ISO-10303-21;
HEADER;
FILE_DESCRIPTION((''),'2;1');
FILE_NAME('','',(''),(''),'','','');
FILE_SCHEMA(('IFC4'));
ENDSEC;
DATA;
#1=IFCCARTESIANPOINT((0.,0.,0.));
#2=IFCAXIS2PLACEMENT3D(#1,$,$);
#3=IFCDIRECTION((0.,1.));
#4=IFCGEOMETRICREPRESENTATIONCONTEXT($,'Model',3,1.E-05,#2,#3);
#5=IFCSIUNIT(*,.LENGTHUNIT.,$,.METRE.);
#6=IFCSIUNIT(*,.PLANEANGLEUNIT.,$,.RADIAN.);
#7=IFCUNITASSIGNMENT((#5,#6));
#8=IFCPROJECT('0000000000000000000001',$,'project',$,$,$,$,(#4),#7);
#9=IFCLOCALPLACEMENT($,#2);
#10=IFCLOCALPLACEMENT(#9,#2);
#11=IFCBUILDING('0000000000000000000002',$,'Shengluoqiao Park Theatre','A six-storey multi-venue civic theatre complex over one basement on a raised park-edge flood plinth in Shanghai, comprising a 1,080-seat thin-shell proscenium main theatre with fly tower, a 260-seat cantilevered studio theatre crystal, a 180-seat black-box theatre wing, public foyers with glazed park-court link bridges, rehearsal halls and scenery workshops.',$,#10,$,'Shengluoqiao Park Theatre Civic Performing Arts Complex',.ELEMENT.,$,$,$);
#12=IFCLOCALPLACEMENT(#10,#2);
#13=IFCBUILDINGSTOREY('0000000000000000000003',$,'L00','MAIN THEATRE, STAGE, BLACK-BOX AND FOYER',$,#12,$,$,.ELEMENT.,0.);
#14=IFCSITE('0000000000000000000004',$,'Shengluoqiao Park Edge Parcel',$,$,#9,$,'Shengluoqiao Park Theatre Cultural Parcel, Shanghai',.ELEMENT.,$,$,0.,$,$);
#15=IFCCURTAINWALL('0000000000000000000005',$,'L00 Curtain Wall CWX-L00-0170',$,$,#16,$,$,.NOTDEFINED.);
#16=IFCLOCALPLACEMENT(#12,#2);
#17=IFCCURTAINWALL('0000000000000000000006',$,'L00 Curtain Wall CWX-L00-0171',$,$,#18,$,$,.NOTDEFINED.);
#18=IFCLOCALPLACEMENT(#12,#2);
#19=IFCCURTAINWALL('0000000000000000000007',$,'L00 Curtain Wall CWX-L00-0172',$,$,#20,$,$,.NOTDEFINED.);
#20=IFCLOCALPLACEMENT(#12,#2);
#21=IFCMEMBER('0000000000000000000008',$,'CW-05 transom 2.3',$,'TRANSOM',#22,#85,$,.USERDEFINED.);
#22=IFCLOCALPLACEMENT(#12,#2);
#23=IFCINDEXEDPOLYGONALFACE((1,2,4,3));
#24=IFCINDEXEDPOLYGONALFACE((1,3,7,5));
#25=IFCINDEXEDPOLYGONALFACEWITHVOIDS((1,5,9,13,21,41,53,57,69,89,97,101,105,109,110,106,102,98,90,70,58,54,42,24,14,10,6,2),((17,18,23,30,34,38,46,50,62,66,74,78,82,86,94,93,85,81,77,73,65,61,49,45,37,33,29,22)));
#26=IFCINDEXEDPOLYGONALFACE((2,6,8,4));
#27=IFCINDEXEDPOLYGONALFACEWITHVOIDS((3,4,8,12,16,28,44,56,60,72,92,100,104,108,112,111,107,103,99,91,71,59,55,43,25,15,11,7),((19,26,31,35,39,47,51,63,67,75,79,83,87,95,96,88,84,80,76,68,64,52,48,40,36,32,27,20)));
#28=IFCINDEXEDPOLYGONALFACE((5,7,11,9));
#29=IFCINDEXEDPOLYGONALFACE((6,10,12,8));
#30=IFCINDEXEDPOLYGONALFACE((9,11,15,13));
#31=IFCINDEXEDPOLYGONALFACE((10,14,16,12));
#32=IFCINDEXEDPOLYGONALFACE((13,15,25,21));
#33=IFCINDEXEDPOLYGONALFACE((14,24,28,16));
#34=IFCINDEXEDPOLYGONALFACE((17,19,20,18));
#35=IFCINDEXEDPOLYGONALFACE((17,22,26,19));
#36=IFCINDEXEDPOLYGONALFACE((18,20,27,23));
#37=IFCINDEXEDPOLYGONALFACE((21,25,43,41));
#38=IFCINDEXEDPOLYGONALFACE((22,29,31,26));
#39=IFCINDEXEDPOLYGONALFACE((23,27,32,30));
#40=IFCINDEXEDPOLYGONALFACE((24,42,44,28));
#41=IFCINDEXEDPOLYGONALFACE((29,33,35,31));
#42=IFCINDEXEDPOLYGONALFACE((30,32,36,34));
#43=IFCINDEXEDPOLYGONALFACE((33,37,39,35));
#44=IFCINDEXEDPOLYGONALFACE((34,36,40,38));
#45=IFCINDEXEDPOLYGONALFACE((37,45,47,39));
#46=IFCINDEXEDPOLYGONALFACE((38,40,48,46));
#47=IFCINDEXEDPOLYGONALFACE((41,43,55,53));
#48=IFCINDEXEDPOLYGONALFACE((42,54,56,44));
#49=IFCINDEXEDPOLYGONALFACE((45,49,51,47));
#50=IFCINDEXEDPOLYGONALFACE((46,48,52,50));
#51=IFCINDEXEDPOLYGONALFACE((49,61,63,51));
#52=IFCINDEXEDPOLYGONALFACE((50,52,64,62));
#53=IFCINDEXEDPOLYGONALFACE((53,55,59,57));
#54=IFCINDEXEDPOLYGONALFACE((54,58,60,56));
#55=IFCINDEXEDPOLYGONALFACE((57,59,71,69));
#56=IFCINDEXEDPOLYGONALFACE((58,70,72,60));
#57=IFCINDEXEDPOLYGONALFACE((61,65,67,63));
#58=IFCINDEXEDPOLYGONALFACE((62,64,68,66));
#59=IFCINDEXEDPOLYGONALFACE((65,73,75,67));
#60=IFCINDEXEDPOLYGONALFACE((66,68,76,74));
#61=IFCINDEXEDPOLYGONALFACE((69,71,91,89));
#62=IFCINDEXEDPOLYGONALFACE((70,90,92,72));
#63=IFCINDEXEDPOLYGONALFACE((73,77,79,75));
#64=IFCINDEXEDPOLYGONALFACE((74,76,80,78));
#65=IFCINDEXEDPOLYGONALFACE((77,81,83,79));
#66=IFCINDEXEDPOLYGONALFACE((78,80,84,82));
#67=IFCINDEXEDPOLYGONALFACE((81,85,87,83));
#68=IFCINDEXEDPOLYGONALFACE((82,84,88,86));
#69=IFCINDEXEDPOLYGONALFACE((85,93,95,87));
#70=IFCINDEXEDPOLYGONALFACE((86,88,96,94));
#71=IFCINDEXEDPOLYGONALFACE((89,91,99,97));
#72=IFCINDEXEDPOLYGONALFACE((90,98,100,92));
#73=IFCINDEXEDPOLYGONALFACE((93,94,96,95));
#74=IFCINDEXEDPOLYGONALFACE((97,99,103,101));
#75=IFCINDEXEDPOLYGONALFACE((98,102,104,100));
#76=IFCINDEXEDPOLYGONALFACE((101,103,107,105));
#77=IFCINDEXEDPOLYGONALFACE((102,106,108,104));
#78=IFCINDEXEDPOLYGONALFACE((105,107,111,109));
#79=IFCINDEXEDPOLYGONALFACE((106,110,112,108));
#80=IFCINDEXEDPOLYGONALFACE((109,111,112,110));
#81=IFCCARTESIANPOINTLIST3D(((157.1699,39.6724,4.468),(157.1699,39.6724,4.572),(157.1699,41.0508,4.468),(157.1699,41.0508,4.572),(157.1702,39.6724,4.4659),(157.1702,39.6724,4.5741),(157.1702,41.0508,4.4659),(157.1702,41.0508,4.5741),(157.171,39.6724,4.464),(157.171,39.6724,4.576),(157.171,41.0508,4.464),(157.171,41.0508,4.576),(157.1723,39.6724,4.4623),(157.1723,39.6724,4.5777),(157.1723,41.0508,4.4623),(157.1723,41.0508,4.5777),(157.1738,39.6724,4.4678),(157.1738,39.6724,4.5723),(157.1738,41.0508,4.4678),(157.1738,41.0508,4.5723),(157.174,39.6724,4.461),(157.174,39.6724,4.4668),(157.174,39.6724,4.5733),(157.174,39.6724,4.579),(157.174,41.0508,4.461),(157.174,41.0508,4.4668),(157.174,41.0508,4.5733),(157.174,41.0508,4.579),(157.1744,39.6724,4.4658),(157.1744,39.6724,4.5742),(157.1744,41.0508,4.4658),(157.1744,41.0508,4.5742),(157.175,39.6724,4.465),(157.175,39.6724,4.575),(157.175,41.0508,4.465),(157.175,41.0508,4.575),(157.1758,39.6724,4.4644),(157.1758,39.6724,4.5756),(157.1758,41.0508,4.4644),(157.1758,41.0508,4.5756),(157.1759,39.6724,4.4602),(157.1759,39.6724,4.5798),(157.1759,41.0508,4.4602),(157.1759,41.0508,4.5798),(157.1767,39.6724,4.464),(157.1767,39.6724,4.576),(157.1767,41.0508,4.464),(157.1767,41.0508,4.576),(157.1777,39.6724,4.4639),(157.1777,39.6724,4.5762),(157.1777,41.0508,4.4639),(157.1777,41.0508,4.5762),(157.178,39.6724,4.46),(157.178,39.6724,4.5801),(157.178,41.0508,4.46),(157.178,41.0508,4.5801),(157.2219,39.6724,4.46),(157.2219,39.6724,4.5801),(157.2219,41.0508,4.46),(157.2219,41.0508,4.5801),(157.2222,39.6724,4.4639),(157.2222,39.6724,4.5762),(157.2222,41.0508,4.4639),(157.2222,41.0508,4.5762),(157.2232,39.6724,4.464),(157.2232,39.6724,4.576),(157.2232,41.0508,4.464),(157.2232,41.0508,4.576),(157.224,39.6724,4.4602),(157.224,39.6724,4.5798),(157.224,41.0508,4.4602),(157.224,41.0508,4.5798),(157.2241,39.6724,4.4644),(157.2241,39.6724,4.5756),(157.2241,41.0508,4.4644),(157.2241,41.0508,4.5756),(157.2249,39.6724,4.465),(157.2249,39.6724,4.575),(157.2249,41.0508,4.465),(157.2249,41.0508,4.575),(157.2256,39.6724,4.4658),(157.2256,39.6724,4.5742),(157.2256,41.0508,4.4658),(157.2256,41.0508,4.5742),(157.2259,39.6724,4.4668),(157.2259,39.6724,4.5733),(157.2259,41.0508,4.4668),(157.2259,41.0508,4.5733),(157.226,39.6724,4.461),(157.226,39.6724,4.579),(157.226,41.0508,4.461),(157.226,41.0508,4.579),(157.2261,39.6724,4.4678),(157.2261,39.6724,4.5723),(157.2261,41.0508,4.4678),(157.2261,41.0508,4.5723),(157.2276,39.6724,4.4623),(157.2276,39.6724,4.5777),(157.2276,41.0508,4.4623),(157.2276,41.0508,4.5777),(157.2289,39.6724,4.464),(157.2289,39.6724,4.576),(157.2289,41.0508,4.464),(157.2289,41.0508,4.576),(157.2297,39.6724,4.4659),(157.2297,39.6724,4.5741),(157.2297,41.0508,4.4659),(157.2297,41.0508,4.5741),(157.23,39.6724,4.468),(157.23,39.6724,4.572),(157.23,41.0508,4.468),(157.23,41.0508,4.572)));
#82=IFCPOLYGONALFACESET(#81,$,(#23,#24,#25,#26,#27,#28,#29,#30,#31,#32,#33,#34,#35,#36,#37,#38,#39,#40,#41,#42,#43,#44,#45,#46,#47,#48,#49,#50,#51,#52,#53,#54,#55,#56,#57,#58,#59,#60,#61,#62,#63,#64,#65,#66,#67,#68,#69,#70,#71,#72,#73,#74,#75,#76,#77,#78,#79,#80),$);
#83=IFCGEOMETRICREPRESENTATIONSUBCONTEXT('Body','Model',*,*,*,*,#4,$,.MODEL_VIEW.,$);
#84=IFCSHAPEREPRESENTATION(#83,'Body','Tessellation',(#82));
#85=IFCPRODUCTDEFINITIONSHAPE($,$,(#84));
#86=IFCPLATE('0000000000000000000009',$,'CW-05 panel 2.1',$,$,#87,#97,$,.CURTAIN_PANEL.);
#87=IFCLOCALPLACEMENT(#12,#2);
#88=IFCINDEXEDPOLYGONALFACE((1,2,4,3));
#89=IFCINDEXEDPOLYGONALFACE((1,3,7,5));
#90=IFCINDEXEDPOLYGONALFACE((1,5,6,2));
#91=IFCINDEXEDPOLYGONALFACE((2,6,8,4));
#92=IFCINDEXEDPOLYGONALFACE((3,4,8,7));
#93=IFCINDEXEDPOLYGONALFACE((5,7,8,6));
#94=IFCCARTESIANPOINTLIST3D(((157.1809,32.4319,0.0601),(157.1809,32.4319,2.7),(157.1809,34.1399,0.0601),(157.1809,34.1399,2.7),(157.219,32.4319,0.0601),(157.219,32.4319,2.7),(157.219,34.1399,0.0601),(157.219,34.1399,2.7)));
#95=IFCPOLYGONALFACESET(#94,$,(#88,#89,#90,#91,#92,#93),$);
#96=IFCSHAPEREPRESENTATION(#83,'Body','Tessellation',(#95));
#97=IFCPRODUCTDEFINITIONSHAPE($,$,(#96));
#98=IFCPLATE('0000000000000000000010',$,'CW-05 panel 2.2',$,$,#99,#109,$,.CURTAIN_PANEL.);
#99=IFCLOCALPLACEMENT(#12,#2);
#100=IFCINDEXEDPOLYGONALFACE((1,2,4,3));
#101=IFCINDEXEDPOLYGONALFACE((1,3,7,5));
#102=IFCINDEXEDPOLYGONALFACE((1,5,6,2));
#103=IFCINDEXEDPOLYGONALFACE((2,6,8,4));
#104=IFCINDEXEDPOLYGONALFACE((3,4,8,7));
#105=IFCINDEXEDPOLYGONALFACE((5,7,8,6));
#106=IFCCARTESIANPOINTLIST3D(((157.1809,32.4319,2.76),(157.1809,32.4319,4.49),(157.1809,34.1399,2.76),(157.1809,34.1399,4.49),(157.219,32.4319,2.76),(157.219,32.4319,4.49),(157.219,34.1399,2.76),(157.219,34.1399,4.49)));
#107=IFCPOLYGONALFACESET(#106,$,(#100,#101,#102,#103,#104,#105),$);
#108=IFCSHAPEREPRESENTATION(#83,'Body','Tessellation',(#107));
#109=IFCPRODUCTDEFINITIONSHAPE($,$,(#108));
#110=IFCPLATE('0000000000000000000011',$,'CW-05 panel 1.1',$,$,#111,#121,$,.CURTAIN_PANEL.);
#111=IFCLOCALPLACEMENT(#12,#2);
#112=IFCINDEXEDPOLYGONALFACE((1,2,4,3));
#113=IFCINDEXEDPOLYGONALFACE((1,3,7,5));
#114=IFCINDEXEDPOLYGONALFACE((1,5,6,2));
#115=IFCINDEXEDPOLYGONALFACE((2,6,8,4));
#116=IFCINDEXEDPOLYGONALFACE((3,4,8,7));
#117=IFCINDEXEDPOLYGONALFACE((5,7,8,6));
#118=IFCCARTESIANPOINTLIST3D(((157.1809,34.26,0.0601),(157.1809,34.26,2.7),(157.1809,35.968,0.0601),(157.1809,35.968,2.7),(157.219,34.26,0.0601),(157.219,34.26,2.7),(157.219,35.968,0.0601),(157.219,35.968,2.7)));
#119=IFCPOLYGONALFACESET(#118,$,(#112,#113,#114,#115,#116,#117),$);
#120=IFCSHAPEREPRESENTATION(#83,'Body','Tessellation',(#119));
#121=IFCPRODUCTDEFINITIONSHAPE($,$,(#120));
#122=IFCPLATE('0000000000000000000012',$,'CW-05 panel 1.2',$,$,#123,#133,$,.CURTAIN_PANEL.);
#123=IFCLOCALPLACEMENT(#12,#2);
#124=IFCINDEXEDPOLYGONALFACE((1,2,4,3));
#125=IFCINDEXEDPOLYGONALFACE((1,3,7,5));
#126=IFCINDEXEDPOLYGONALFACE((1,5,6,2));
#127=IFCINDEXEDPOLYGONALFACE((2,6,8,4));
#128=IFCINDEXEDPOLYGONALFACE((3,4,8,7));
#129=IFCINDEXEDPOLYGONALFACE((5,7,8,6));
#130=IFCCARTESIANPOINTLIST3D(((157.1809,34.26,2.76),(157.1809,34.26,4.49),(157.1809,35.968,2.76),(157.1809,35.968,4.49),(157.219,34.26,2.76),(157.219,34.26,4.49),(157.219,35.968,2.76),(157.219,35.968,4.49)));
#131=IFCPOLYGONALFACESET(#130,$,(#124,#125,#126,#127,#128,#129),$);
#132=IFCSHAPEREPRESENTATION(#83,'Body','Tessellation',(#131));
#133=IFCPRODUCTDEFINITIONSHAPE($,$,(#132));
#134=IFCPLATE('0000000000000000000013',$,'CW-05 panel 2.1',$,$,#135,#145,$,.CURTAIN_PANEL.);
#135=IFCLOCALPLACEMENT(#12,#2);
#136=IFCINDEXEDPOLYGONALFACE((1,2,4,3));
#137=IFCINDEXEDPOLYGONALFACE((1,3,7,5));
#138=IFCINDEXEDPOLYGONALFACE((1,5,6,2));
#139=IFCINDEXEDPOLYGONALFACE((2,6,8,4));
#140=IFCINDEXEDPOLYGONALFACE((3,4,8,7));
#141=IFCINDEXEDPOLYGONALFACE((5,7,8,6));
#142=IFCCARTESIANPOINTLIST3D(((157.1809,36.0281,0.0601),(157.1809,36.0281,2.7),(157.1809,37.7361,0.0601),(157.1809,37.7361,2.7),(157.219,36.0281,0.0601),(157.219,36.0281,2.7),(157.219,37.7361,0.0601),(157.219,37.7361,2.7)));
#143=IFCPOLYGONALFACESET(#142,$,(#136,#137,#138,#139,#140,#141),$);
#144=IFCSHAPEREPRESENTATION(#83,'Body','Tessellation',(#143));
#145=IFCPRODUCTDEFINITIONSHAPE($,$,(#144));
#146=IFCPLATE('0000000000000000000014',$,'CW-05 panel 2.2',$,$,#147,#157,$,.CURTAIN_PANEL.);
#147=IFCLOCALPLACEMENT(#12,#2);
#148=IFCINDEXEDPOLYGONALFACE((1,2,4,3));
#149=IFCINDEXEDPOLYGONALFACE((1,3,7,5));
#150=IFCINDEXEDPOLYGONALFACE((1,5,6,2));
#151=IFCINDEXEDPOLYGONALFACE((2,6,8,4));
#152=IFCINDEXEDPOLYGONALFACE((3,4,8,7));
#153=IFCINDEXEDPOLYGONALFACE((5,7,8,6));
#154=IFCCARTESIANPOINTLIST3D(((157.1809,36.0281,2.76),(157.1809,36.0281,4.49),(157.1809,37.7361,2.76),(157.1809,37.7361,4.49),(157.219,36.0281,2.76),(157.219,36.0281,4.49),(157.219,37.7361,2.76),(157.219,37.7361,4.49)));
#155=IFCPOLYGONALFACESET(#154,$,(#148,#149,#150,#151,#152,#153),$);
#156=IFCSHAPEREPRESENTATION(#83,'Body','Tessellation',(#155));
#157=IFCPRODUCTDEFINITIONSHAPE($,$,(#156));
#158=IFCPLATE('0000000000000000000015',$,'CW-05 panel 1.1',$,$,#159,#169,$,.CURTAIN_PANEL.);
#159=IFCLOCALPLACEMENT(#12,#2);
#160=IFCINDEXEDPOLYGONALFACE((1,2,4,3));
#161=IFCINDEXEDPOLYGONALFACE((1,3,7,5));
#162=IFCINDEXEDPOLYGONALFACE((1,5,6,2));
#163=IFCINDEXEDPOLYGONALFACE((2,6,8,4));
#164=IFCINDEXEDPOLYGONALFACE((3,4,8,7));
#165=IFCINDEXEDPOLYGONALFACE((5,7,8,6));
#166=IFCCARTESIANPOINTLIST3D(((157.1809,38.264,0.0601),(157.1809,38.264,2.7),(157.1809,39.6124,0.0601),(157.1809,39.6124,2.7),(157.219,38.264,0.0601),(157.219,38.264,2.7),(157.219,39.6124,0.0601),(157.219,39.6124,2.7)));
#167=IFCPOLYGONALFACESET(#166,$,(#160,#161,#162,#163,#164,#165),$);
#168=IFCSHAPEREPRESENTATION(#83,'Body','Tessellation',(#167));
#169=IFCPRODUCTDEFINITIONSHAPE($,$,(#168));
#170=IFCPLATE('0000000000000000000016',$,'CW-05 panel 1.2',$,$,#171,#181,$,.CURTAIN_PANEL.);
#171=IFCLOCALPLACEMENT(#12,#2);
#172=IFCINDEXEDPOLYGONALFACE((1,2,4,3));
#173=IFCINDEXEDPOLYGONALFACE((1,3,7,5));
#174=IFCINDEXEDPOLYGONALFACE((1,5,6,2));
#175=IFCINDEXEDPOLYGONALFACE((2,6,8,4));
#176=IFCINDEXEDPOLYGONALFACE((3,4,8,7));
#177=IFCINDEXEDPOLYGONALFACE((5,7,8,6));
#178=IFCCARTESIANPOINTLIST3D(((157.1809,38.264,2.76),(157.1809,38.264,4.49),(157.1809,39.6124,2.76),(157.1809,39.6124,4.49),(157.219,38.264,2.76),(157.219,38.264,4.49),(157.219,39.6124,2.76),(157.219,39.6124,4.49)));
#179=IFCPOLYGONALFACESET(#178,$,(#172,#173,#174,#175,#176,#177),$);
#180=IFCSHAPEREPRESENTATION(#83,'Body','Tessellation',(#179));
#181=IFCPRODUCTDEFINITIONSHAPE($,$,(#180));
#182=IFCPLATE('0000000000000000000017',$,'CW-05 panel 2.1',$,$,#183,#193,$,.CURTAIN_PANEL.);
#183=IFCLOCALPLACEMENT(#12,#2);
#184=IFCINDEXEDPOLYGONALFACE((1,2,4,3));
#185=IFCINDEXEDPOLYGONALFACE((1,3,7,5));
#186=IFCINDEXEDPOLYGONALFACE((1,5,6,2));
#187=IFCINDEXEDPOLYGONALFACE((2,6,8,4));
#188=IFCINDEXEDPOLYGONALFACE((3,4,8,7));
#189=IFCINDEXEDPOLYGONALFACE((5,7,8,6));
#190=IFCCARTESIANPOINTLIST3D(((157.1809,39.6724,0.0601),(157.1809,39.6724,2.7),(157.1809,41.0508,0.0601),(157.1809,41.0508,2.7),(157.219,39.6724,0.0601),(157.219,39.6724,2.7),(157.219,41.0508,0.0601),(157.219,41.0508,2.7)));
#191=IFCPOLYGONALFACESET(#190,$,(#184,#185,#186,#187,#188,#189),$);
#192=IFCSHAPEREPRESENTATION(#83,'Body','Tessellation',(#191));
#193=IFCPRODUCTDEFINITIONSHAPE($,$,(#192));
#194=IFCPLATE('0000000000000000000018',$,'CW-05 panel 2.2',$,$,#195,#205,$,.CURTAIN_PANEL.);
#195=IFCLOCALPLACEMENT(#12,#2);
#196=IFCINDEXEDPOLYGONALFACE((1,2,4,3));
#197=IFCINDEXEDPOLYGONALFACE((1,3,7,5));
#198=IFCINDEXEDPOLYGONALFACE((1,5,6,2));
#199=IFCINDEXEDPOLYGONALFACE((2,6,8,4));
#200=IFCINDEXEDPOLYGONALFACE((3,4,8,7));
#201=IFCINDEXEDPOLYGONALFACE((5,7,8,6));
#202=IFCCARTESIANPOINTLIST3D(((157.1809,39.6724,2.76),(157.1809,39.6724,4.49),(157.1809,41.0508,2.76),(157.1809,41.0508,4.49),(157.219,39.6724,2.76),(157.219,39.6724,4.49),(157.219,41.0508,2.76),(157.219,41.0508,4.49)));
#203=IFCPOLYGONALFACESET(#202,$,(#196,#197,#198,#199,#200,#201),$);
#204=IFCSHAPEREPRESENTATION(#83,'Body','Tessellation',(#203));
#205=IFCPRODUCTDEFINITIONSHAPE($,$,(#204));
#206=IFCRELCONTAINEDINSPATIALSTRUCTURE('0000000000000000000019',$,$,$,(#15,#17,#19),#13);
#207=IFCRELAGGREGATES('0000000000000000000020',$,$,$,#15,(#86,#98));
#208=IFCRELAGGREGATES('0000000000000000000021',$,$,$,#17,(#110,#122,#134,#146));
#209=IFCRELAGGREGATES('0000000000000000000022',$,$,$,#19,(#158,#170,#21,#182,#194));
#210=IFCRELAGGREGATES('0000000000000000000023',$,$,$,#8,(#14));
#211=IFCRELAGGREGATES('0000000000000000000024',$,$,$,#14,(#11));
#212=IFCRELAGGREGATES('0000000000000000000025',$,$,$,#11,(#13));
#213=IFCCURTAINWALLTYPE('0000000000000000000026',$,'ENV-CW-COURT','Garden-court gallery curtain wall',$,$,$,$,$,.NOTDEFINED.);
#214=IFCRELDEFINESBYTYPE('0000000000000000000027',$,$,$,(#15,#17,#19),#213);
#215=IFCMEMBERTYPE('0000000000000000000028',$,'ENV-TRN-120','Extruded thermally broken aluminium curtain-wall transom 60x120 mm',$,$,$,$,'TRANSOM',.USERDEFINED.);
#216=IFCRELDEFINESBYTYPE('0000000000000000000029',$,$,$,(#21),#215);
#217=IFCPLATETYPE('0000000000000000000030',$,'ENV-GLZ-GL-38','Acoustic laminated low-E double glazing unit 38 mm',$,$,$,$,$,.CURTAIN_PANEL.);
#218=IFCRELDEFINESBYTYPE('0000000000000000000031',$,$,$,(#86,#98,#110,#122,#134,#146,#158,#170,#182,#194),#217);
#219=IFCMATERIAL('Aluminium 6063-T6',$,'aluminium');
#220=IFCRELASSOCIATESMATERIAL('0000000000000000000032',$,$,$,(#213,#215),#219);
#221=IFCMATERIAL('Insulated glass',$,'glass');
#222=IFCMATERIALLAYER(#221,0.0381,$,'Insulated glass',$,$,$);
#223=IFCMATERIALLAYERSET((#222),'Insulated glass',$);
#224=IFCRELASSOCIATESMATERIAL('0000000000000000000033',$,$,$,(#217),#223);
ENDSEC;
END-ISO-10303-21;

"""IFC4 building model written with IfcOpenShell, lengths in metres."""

from ifc_helpers import new_model, si_unit, direction, frame, origin, origin_2d, place, context, subcontext, project, spatial, rectangle, hollow_rectangle, extrude, material, layer, layer_set, material_profile, profile_set, type_object, element, aggregate, save


model = new_model("IFC4")

# Units and contexts
model_context = context("Model", 3, precision=1e-05, world=origin(), true_north=direction((0.0, 1.0)))
body_context = subcontext(model_context, "Body", "Model", "MODEL_VIEW")
ifc_project = project(units=[si_unit("LENGTHUNIT", "METRE"), si_unit("PLANEANGLEUNIT", "RADIAN")], contexts=[model_context])

# Site, building, storey
site_placement = place(None, origin())
site = spatial("IfcSite", under=ifc_project, at=site_placement, Name="Shengluoqiao Park Edge Parcel", LongName="Shengluoqiao Park Theatre Cultural Parcel, Shanghai", CompositionType="ELEMENT", RefElevation=0.0)
building_placement = place(site_placement, origin())
building = spatial("IfcBuilding", under=site, at=building_placement, Name="Shengluoqiao Park Theatre", Description="A six-storey multi-venue civic theatre complex over one basement on a raised park-edge flood plinth in Shanghai, comprising a 1,080-seat thin-shell proscenium main theatre with fly tower, a 260-seat cantilevered studio theatre crystal, a 180-seat black-box theatre wing, public foyers with glazed park-court link bridges, rehearsal halls and scenery workshops.", LongName="Shengluoqiao Park Theatre Civic Performing Arts Complex", CompositionType="ELEMENT")
storey_placement = place(building_placement, origin())
storey = spatial("IfcBuildingStorey", under=building, at=storey_placement, Name="L00", Description="MAIN THEATRE, STAGE, BLACK-BOX AND FOYER", CompositionType="ELEMENT", Elevation=0.0)

# Curtain wall
ifc_material_1 = material(Name="Aluminium 6063-T6", Category="aluminium")
curtain_wall_type = type_object("IfcCurtainWallType", Name="ENV-CW-COURT", Description="Garden-court gallery curtain wall", PredefinedType="NOTDEFINED", material=ifc_material_1)
curtain_wall_1_placement = place(storey_placement, origin())
curtain_wall_1 = element("IfcCurtainWall", 1, at=curtain_wall_1_placement, inside=storey, type_object=curtain_wall_type, Name="L00 Curtain Wall CWX-L00-0170", PredefinedType="NOTDEFINED")

# Curtain walls
curtain_wall_2_placement = place(storey_placement, origin())
curtain_wall_2 = element("IfcCurtainWall", 2, at=curtain_wall_2_placement, inside=storey, type_object=curtain_wall_type, Name="L00 Curtain Wall CWX-L00-0171", PredefinedType="NOTDEFINED")
curtain_wall_3_placement = place(storey_placement, origin())
curtain_wall_3 = element("IfcCurtainWall", 3, at=curtain_wall_3_placement, inside=storey, type_object=curtain_wall_type, Name="L00 Curtain Wall CWX-L00-0172", PredefinedType="NOTDEFINED")

# Member
ifc_material_profile_1 = material_profile(ifc_material_1, hollow_rectangle(XDim=0.0601, YDim=0.1201, WallThickness=0.0039, InnerFilletRadius=0.0039, OuterFilletRadius=0.0081, at=origin_2d()), Name="ALU TRANSOM 120x60x4")
ifc_profile_set_1 = profile_set([ifc_material_profile_1], Name="Aluminium 6063-T6")
member_type_1 = type_object("IfcMemberType", Name="ENV-TRN-120", Description="Extruded thermally broken aluminium curtain-wall transom 60x120 mm", ElementType="TRANSOM", PredefinedType="USERDEFINED", material=ifc_profile_set_1)
member_1_placement = place(storey_placement, frame((157.2, 39.6724, 4.52), z_axis=(0.0, 1.0, 0.0), x_axis=(-1.0, 0.0, 0.0)))
member_1 = element("IfcMember", 4, at=member_1_placement, type_object=member_type_1, Name="CW-05 transom 2.3", ObjectType="TRANSOM", PredefinedType="USERDEFINED", context=body_context, shape_type="SweptSolid", body=[
    extrude(hollow_rectangle(XDim=0.0601, YDim=0.1201, WallThickness=0.0039, InnerFilletRadius=0.0039, OuterFilletRadius=0.0081, at=origin_2d()), origin(), (0.0, 0.0, 1.0), 1.3784),
])

# Plates
ifc_material_2 = material(Name="Insulated glass", Category="glass")
ifc_layer_1 = layer(ifc_material_2, 0.0381, Name="Insulated glass")
ifc_layer_set_1 = layer_set([ifc_layer_1], Name="Insulated glass")
plate_type = type_object("IfcPlateType", Name="ENV-GLZ-GL-38", Description="Acoustic laminated low-E double glazing unit 38 mm", PredefinedType="CURTAIN_PANEL", material=ifc_layer_set_1)
plate_1_placement = place(storey_placement, frame((157.2, 33.2859, 0.0601), z_axis=(0.0, 0.0, 1.0), x_axis=(0.0, 1.0, 0.0)))
plate_1 = element("IfcPlate", 5, at=plate_1_placement, type_object=plate_type, Name="CW-05 panel 2.1", PredefinedType="CURTAIN_PANEL", context=body_context, shape_type="SweptSolid", body=[
    extrude(rectangle(XDim=1.708, YDim=0.0381, at=origin_2d()), origin(), (0.0, 0.0, 1.0), 2.6399),
])
plate_2_placement = place(storey_placement, frame((157.2, 33.2859, 2.76), z_axis=(0.0, 0.0, 1.0), x_axis=(0.0, 1.0, 0.0)))
plate_2 = element("IfcPlate", 6, at=plate_2_placement, type_object=plate_type, Name="CW-05 panel 2.2", PredefinedType="CURTAIN_PANEL", context=body_context, shape_type="SweptSolid", body=[
    extrude(rectangle(XDim=1.708, YDim=0.0381, at=origin_2d()), origin(), (0.0, 0.0, 1.0), 1.73),
])
aggregate(curtain_wall_1, [plate_1, plate_2])
plate_3_placement = place(storey_placement, frame((157.2, 35.114, 0.0601), z_axis=(0.0, 0.0, 1.0), x_axis=(0.0, 1.0, 0.0)))
plate_3 = element("IfcPlate", 7, at=plate_3_placement, type_object=plate_type, Name="CW-05 panel 1.1", PredefinedType="CURTAIN_PANEL", context=body_context, shape_type="SweptSolid", body=[
    extrude(rectangle(XDim=1.708, YDim=0.0381, at=origin_2d()), origin(), (0.0, 0.0, 1.0), 2.6399),
])
plate_4_placement = place(storey_placement, frame((157.2, 35.114, 2.76), z_axis=(0.0, 0.0, 1.0), x_axis=(0.0, 1.0, 0.0)))
plate_4 = element("IfcPlate", 8, at=plate_4_placement, type_object=plate_type, Name="CW-05 panel 1.2", PredefinedType="CURTAIN_PANEL", context=body_context, shape_type="SweptSolid", body=[
    extrude(rectangle(XDim=1.708, YDim=0.0381, at=origin_2d()), origin(), (0.0, 0.0, 1.0), 1.73),
])
plate_5_placement = place(storey_placement, frame((157.2, 36.8821, 0.0601), z_axis=(0.0, 0.0, 1.0), x_axis=(0.0, 1.0, 0.0)))
plate_5 = element("IfcPlate", 9, at=plate_5_placement, type_object=plate_type, Name="CW-05 panel 2.1", PredefinedType="CURTAIN_PANEL", context=body_context, shape_type="SweptSolid", body=[
    extrude(rectangle(XDim=1.708, YDim=0.0381, at=origin_2d()), origin(), (0.0, 0.0, 1.0), 2.6399),
])
plate_6_placement = place(storey_placement, frame((157.2, 36.8821, 2.76), z_axis=(0.0, 0.0, 1.0), x_axis=(0.0, 1.0, 0.0)))
plate_6 = element("IfcPlate", 10, at=plate_6_placement, type_object=plate_type, Name="CW-05 panel 2.2", PredefinedType="CURTAIN_PANEL", context=body_context, shape_type="SweptSolid", body=[
    extrude(rectangle(XDim=1.708, YDim=0.0381, at=origin_2d()), origin(), (0.0, 0.0, 1.0), 1.73),
])
aggregate(curtain_wall_2, [plate_3, plate_4, plate_5, plate_6])
plate_7_placement = place(storey_placement, frame((157.2, 38.9382, 0.0601), z_axis=(0.0, 0.0, 1.0), x_axis=(0.0, 1.0, 0.0)))
plate_7 = element("IfcPlate", 11, at=plate_7_placement, type_object=plate_type, Name="CW-05 panel 1.1", PredefinedType="CURTAIN_PANEL", context=body_context, shape_type="SweptSolid", body=[
    extrude(rectangle(XDim=1.3484, YDim=0.0381, at=origin_2d()), origin(), (0.0, 0.0, 1.0), 2.6399),
])
plate_8_placement = place(storey_placement, frame((157.2, 38.9382, 2.76), z_axis=(0.0, 0.0, 1.0), x_axis=(0.0, 1.0, 0.0)))
plate_8 = element("IfcPlate", 12, at=plate_8_placement, type_object=plate_type, Name="CW-05 panel 1.2", PredefinedType="CURTAIN_PANEL", context=body_context, shape_type="SweptSolid", body=[
    extrude(rectangle(XDim=1.3484, YDim=0.0381, at=origin_2d()), origin(), (0.0, 0.0, 1.0), 1.73),
])
plate_9_placement = place(storey_placement, frame((157.2, 40.3616, 0.0601), z_axis=(0.0, 0.0, 1.0), x_axis=(0.0, 1.0, 0.0)))
plate_9 = element("IfcPlate", 13, at=plate_9_placement, type_object=plate_type, Name="CW-05 panel 2.1", PredefinedType="CURTAIN_PANEL", context=body_context, shape_type="SweptSolid", body=[
    extrude(rectangle(XDim=1.3784, YDim=0.0381, at=origin_2d()), origin(), (0.0, 0.0, 1.0), 2.6399),
])
plate_10_placement = place(storey_placement, frame((157.2, 40.3616, 2.76), z_axis=(0.0, 0.0, 1.0), x_axis=(0.0, 1.0, 0.0)))
plate_10 = element("IfcPlate", 14, at=plate_10_placement, type_object=plate_type, Name="CW-05 panel 2.2", PredefinedType="CURTAIN_PANEL", context=body_context, shape_type="SweptSolid", body=[
    extrude(rectangle(XDim=1.3784, YDim=0.0381, at=origin_2d()), origin(), (0.0, 0.0, 1.0), 1.73),
])
aggregate(curtain_wall_3, [plate_7, plate_8, member_1, plate_9, plate_10])

save(model, "model.ifc")
